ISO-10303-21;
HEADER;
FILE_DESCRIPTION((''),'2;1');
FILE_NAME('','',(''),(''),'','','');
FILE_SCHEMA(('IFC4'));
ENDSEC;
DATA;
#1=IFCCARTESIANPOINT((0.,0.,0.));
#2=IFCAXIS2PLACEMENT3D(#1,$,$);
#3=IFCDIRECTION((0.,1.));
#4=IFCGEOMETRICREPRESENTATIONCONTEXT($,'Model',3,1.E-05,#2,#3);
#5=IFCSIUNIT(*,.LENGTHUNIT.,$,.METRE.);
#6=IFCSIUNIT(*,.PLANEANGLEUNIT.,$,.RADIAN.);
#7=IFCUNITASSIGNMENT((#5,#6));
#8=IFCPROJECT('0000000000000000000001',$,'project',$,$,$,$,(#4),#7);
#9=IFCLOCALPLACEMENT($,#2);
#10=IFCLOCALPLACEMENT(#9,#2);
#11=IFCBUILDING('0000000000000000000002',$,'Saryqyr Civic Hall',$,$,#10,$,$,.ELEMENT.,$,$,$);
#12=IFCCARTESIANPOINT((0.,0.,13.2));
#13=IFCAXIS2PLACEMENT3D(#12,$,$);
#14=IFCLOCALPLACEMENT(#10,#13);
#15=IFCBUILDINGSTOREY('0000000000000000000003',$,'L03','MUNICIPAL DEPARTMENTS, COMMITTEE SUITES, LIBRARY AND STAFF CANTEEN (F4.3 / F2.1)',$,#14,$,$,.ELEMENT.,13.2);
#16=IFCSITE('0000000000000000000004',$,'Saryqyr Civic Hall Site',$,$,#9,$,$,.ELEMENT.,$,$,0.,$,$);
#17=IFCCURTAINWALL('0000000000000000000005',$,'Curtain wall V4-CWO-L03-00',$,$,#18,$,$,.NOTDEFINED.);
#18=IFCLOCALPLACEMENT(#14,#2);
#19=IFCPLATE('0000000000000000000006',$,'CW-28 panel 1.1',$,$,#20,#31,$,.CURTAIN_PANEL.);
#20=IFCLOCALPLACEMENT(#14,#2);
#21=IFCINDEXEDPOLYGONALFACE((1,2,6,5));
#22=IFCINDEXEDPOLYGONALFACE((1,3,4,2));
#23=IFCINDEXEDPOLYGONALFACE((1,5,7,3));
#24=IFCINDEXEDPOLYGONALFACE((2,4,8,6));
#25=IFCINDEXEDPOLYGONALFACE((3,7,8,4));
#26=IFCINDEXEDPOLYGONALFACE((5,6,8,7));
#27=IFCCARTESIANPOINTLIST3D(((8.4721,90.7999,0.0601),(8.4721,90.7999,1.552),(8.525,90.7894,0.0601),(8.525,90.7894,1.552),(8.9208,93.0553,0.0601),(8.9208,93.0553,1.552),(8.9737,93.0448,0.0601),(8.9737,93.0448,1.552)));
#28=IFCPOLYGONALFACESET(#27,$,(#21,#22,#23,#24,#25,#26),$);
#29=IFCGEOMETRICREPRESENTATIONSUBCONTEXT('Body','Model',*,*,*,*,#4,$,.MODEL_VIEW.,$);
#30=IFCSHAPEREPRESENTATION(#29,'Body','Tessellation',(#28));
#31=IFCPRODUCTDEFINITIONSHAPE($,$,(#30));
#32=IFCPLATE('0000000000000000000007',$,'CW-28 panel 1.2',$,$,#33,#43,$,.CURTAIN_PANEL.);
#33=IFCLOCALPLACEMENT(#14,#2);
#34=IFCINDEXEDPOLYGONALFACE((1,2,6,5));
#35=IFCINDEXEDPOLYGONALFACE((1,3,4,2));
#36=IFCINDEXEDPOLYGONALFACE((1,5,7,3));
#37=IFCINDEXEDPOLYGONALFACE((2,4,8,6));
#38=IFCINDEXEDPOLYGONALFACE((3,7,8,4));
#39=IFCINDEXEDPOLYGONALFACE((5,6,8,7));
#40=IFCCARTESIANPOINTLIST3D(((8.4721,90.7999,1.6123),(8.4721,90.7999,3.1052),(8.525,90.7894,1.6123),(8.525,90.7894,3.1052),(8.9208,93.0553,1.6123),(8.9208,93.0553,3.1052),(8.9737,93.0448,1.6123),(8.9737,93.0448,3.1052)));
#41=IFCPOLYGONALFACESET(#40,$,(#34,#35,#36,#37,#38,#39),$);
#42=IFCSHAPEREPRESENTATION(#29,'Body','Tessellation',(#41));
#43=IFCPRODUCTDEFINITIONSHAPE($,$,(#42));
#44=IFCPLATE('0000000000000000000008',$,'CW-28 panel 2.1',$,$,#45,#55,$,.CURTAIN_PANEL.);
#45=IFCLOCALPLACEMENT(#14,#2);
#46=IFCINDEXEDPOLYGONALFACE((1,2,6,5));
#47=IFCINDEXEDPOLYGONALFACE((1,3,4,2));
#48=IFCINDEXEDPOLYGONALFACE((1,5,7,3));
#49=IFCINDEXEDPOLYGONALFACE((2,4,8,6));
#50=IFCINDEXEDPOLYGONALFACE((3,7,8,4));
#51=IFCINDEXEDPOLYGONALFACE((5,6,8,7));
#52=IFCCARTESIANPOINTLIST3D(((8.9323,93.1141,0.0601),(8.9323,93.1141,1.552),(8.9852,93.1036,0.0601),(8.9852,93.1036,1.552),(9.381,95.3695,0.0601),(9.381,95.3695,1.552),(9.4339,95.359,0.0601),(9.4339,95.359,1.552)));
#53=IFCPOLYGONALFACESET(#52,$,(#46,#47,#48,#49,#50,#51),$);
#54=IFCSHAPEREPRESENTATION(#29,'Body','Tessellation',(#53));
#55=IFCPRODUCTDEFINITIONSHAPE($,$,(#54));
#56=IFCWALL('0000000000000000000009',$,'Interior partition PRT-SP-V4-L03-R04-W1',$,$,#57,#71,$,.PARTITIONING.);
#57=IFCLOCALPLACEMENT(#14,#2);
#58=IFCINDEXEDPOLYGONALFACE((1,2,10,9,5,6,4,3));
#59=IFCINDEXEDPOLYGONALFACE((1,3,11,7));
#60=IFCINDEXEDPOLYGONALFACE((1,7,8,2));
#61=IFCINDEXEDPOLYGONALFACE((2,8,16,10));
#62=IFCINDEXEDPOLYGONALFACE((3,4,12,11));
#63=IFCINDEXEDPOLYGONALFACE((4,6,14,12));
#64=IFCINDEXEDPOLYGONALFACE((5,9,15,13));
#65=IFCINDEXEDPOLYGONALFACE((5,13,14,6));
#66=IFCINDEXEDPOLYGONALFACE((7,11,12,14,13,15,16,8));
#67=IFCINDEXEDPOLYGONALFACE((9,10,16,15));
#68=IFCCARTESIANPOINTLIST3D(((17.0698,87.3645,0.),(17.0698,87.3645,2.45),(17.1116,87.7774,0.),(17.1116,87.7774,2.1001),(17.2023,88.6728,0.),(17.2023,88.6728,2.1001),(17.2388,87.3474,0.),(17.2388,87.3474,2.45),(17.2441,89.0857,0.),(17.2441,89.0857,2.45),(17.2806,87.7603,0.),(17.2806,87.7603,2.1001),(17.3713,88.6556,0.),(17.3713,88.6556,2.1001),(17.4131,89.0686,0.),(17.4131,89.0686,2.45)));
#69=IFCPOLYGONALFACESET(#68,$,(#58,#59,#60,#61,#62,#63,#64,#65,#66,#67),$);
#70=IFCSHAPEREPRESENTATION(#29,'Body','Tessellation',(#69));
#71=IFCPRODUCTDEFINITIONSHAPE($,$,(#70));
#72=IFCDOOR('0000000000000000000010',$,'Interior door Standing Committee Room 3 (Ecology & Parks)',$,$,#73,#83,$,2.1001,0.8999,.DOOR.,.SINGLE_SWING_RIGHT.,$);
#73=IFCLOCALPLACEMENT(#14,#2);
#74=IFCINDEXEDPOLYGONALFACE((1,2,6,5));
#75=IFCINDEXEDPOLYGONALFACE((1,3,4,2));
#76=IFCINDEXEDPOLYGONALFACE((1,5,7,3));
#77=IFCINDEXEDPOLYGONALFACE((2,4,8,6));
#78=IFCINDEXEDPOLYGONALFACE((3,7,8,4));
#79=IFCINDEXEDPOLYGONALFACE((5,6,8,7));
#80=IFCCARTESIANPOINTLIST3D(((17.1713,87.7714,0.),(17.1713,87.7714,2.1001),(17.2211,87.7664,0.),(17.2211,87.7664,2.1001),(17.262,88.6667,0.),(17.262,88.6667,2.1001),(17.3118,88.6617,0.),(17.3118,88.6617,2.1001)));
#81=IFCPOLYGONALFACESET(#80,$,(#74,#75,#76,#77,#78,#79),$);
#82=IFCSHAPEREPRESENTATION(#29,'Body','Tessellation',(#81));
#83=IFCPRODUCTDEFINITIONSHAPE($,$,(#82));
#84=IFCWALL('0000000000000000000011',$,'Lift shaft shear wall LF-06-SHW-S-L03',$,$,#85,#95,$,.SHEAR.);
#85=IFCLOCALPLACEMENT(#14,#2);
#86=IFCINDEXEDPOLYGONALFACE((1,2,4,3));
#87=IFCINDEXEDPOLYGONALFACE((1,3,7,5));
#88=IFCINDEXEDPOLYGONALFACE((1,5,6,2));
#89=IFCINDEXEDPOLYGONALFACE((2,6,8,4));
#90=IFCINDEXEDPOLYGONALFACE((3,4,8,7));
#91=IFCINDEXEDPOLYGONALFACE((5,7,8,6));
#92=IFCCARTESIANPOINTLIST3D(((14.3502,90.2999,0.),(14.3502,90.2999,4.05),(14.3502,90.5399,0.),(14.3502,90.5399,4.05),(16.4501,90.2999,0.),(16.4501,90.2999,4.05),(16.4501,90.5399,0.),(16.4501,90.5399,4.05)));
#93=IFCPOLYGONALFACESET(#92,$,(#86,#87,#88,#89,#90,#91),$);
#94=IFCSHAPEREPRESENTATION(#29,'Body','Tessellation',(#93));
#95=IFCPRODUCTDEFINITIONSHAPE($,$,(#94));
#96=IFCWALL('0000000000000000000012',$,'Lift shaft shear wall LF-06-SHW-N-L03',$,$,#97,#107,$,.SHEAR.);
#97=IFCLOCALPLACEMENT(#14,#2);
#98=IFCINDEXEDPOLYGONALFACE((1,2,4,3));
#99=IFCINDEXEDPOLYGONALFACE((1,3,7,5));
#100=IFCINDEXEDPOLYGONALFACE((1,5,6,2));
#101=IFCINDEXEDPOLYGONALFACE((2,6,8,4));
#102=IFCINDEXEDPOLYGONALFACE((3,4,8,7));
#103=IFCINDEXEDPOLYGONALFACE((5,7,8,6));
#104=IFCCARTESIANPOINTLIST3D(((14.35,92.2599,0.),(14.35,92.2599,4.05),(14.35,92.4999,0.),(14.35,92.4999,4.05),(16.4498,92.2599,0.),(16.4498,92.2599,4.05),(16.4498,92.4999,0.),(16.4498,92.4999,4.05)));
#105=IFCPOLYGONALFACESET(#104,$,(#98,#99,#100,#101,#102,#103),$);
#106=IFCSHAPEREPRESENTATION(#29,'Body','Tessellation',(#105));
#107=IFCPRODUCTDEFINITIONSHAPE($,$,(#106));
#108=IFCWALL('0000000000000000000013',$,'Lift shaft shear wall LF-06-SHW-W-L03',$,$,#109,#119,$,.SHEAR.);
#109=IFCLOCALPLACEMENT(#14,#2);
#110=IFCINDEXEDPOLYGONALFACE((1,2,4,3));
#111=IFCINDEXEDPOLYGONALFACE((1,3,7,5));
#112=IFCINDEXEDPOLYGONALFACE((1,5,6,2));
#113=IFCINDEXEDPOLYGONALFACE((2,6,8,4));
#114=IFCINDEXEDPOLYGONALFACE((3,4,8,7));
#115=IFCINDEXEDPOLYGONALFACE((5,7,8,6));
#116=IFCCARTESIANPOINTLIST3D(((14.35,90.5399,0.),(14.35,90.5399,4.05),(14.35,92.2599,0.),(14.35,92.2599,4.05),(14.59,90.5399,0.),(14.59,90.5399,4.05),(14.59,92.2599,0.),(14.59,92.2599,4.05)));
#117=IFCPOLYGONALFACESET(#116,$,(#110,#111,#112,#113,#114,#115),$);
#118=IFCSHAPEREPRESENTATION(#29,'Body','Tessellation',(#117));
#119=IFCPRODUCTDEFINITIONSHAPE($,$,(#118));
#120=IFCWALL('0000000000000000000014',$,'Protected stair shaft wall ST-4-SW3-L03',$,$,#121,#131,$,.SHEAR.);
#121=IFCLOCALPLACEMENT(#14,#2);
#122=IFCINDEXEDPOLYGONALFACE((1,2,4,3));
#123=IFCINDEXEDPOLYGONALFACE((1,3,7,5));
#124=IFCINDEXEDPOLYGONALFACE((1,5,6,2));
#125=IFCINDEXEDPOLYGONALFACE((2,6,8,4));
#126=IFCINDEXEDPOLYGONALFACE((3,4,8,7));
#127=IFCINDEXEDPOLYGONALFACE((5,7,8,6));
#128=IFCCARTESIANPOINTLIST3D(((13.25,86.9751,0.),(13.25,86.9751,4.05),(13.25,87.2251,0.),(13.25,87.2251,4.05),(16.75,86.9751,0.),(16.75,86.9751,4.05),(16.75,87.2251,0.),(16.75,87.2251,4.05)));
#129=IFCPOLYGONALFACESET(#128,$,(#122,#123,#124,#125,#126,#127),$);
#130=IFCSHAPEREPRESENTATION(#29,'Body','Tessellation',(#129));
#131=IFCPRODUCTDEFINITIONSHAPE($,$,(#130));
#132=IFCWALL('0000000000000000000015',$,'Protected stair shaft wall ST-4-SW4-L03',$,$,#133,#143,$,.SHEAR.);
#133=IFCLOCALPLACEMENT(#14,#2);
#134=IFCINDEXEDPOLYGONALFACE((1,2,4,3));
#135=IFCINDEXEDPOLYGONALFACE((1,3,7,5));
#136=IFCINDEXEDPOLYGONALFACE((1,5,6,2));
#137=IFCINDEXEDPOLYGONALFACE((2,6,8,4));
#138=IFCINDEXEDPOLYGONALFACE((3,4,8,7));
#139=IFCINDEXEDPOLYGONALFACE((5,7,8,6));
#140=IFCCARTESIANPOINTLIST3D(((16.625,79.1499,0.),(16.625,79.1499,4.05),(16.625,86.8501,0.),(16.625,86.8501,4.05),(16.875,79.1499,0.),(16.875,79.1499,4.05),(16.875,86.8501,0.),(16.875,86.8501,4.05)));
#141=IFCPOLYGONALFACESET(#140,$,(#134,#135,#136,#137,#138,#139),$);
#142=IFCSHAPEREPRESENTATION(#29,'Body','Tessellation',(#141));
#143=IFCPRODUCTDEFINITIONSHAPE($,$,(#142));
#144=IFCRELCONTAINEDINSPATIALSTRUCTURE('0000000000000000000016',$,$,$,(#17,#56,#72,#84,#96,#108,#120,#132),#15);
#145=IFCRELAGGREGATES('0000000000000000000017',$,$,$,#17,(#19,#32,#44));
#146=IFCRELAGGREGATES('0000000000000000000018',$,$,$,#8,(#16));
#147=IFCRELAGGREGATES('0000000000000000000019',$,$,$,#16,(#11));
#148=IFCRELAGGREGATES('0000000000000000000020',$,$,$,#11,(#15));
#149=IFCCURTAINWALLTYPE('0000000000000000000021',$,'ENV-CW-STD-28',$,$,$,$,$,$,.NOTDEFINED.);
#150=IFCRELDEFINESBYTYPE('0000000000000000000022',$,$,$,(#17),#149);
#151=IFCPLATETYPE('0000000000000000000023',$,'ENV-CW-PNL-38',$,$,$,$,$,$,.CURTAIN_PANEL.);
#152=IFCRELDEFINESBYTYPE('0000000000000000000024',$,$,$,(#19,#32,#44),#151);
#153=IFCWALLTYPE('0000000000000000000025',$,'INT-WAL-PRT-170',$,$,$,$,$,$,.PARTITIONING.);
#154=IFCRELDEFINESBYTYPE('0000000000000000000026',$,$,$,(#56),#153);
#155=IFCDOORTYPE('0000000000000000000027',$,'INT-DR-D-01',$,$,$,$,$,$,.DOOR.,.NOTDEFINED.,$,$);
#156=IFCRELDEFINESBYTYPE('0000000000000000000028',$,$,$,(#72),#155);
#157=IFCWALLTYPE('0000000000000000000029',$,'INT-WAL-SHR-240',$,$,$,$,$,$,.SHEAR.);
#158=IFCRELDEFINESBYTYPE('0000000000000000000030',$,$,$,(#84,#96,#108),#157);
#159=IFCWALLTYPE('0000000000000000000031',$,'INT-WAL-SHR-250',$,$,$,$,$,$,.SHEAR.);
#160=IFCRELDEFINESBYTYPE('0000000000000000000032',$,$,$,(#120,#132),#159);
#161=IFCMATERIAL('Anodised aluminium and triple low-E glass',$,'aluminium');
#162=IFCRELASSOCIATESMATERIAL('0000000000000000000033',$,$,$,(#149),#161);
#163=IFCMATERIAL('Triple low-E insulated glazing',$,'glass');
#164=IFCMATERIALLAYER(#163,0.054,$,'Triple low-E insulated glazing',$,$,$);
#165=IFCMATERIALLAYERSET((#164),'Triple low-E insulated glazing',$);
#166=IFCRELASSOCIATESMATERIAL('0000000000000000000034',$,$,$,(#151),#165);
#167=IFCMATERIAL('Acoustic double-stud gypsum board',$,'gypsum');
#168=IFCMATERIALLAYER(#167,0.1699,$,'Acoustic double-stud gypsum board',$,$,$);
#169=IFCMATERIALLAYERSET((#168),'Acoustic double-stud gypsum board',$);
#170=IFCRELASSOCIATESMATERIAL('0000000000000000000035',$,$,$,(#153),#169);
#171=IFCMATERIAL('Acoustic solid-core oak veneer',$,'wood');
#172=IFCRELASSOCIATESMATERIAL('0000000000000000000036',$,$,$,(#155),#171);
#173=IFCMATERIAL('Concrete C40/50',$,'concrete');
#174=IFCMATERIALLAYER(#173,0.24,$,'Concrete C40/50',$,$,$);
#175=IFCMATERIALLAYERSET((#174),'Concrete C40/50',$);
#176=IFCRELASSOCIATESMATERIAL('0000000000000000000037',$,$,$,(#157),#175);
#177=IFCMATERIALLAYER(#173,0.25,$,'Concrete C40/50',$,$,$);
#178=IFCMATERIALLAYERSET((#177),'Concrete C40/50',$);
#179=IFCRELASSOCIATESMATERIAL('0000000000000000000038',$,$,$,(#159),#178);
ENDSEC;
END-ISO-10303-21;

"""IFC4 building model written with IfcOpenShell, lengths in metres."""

from ifc_helpers import new_model, si_unit, direction, frame, frame_2d, origin, origin_2d, place, context, subcontext, project, spatial, rectangle, extrude, material, layer, layer_set, type_object, element, fill, aggregate, save


model = new_model("IFC4")

# Units and contexts
model_context = context("Model", 3, precision=1e-05, world=origin(), true_north=direction((0.0, 1.0)))
body_context = subcontext(model_context, "Body", "Model", "MODEL_VIEW")
ifc_project = project(units=[si_unit("LENGTHUNIT", "METRE"), si_unit("PLANEANGLEUNIT", "RADIAN")], contexts=[model_context])

# Site, building, storey
site_placement = place(None, origin())
site = spatial("IfcSite", under=ifc_project, at=site_placement, Name="Saryqyr Civic Hall Site", CompositionType="ELEMENT", RefElevation=0.0)
building_placement = place(site_placement, origin())
building = spatial("IfcBuilding", under=site, at=building_placement, Name="Saryqyr Civic Hall", CompositionType="ELEMENT")
storey_placement = place(building_placement, frame((0.0, 0.0, 13.2)))
storey = spatial("IfcBuildingStorey", under=building, at=storey_placement, Name="L03", Description="MUNICIPAL DEPARTMENTS, COMMITTEE SUITES, LIBRARY AND STAFF CANTEEN (F4.3 / F2.1)", CompositionType="ELEMENT", Elevation=13.2)

# Shared definitions
ifc_material_1 = material(Name="Concrete C40/50", Category="concrete")

# Curtain wall
ifc_material_2 = material(Name="Anodised aluminium and triple low-E glass", Category="aluminium")
curtain_wall_type = type_object("IfcCurtainWallType", Name="ENV-CW-STD-28", PredefinedType="NOTDEFINED", material=ifc_material_2)
curtain_wall_placement = place(storey_placement, origin())
curtain_wall = element("IfcCurtainWall", 1, at=curtain_wall_placement, inside=storey, type_object=curtain_wall_type, Name="Curtain wall V4-CWO-L03-00", PredefinedType="NOTDEFINED")

# Plates
ifc_material_3 = material(Name="Triple low-E insulated glazing", Category="glass")
ifc_layer_1 = layer(ifc_material_3, 0.054, Name="Triple low-E insulated glazing")
ifc_layer_set_1 = layer_set([ifc_layer_1], Name="Triple low-E insulated glazing")
plate_type = type_object("IfcPlateType", Name="ENV-CW-PNL-38", PredefinedType="CURTAIN_PANEL", material=ifc_layer_set_1)
plate_1_placement = place(storey_placement, frame((8.7229, 91.9224, 0.0601), z_axis=(0.0, 0.0, 1.0), x_axis=(0.195098, 0.980784, 0.0)))
plate_1 = element("IfcPlate", 2, at=plate_1_placement, type_object=plate_type, Name="CW-28 panel 1.1", PredefinedType="CURTAIN_PANEL", context=body_context, shape_type="SweptSolid", body=[
    extrude(rectangle(XDim=2.2996, YDim=0.054, at=origin_2d()), origin(), (0.0, 0.0, 1.0), 1.4919),
])
plate_2_placement = place(storey_placement, frame((8.7229, 91.9224, 1.6123), z_axis=(0.0, 0.0, 1.0), x_axis=(0.195098, 0.980784, 0.0)))
plate_2 = element("IfcPlate", 3, at=plate_2_placement, type_object=plate_type, Name="CW-28 panel 1.2", PredefinedType="CURTAIN_PANEL", context=body_context, shape_type="SweptSolid", body=[
    extrude(rectangle(XDim=2.2996, YDim=0.054, at=origin_2d()), origin(), (0.0, 0.0, 1.0), 1.4929),
])
plate_3_placement = place(storey_placement, frame((9.1831, 94.2366, 0.0601), z_axis=(0.0, 0.0, 1.0), x_axis=(0.195098, 0.980784, 0.0)))
plate_3 = element("IfcPlate", 4, at=plate_3_placement, type_object=plate_type, Name="CW-28 panel 2.1", PredefinedType="CURTAIN_PANEL", context=body_context, shape_type="SweptSolid", body=[
    extrude(rectangle(XDim=2.2996, YDim=0.054, at=origin_2d()), origin(), (0.0, 0.0, 1.0), 1.4919),
])
aggregate(curtain_wall, [plate_1, plate_2, plate_3])

# Wall, opening, door
ifc_material_4 = material(Name="Acoustic double-stud gypsum board", Category="gypsum")
ifc_layer_2 = layer(ifc_material_4, 0.1699, Name="Acoustic double-stud gypsum board")
ifc_layer_set_2 = layer_set([ifc_layer_2], Name="Acoustic double-stud gypsum board")
wall_type_1 = type_object("IfcWallType", Name="INT-WAL-PRT-170", PredefinedType="PARTITIONING", material=ifc_layer_set_2)
wall_1_placement = place(storey_placement, frame((17.1543, 87.356, 0.0), z_axis=(0.0, 0.0, 1.0), x_axis=(0.100761, 0.994911, 0.0)))
wall_1 = element("IfcWall", 5, at=wall_1_placement, inside=storey, type_object=wall_type_1, Name="Interior partition PRT-SP-V4-L03-R04-W1", PredefinedType="PARTITIONING", context=body_context, shape_type="SweptSolid", body=[
    extrude(rectangle(XDim=1.73, YDim=0.1699, at=frame_2d((0.865, 0.0))), origin(), (0.0, 0.0, 1.0), 2.45),
])
opening_1_placement = place(wall_1_placement, frame((0.415, 0.0, 0.0)))
opening_1 = element("IfcOpeningElement", 6, at=opening_1_placement, cuts=wall_1, PredefinedType="OPENING", context=body_context, shape_type="SweptSolid", body=[
    extrude(rectangle(XDim=0.8999, YDim=2.1001, at=frame_2d((0.45, 1.05))), frame((0.0, 0.095, 0.0), z_axis=(0.0, -1.0, 0.0), x_axis=(1.0, 0.0, 0.0)), (0.0, 0.0, 1.0), 0.1899),
])
ifc_material_5 = material(Name="Acoustic solid-core oak veneer", Category="wood")
door_type_1 = type_object("IfcDoorType", Name="INT-DR-D-01", OperationType="NOTDEFINED", PredefinedType="DOOR", material=ifc_material_5)
door_1_placement = place(opening_1_placement, origin())
door_1 = element("IfcDoor", 7, at=door_1_placement, inside=storey, type_object=door_type_1, Name="Interior door Standing Committee Room 3 (Ecology & Parks)", OperationType="SINGLE_SWING_RIGHT", OverallHeight=2.1001, OverallWidth=0.8999, PredefinedType="DOOR", context=body_context, shape_type="SweptSolid", body=[
    extrude(rectangle(XDim=0.8999, YDim=2.1001, at=frame_2d((0.45, 1.05))), frame((0.0, 0.0249, 0.0), z_axis=(0.0, -1.0, 0.0), x_axis=(1.0, 0.0, 0.0)), (0.0, 0.0, 1.0), 0.05),
])
fill(opening_1, door_1)

# Wall
ifc_layer_3 = layer(ifc_material_1, 0.24, Name="Concrete C40/50")
ifc_layer_set_3 = layer_set([ifc_layer_3], Name="Concrete C40/50")
wall_type_2 = type_object("IfcWallType", Name="INT-WAL-SHR-240", PredefinedType="SHEAR", material=ifc_layer_set_3)
wall_2_placement = place(storey_placement, frame((16.45, 90.4199, 0.0), z_axis=(0.0, 0.0, 1.0), x_axis=(-1.0, 0.0, 0.0)))
element("IfcWall", 8, at=wall_2_placement, inside=storey, type_object=wall_type_2, Name="Lift shaft shear wall LF-06-SHW-S-L03", PredefinedType="SHEAR", context=body_context, shape_type="SweptSolid", body=[
    extrude(rectangle(XDim=2.0999, YDim=0.24, at=frame_2d((1.0498, 0.0))), origin(), (0.0, 0.0, 1.0), 4.05),
])

# Walls
wall_3_placement = place(storey_placement, frame((14.3501, 92.3799, 0.0), z_axis=(0.0, 0.0, 1.0), x_axis=(1.0, 0.0, 0.0)))
element("IfcWall", 9, at=wall_3_placement, inside=storey, type_object=wall_type_2, Name="Lift shaft shear wall LF-06-SHW-N-L03", PredefinedType="SHEAR", context=body_context, shape_type="SweptSolid", body=[
    extrude(rectangle(XDim=2.0999, YDim=0.24, at=frame_2d((1.0498, 0.0))), origin(), (0.0, 0.0, 1.0), 4.05),
])
wall_4_placement = place(storey_placement, frame((14.47, 90.54, 0.0), z_axis=(0.0, 0.0, 1.0), x_axis=(0.0, 1.0, 0.0)))
element("IfcWall", 10, at=wall_4_placement, inside=storey, type_object=wall_type_2, Name="Lift shaft shear wall LF-06-SHW-W-L03", PredefinedType="SHEAR", context=body_context, shape_type="SweptSolid", body=[
    extrude(rectangle(XDim=1.72, YDim=0.24, at=frame_2d((0.8599, 0.0))), origin(), (0.0, 0.0, 1.0), 4.05),
])
ifc_layer_4 = layer(ifc_material_1, 0.25, Name="Concrete C40/50")
ifc_layer_set_4 = layer_set([ifc_layer_4], Name="Concrete C40/50")
wall_type_3 = type_object("IfcWallType", Name="INT-WAL-SHR-250", PredefinedType="SHEAR", material=ifc_layer_set_4)
wall_5_placement = place(storey_placement, frame((13.25, 87.1001, 0.0), z_axis=(0.0, 0.0, 1.0), x_axis=(1.0, 0.0, 0.0)))
element("IfcWall", 11, at=wall_5_placement, inside=storey, type_object=wall_type_3, Name="Protected stair shaft wall ST-4-SW3-L03", PredefinedType="SHEAR", context=body_context, shape_type="SweptSolid", body=[
    extrude(rectangle(XDim=3.5, YDim=0.25, at=frame_2d((1.75, 0.0))), origin(), (0.0, 0.0, 1.0), 4.05),
])
wall_6_placement = place(storey_placement, frame((16.75, 86.8501, 0.0), z_axis=(0.0, 0.0, 1.0), x_axis=(0.0, -1.0, 0.0)))
element("IfcWall", 12, at=wall_6_placement, inside=storey, type_object=wall_type_3, Name="Protected stair shaft wall ST-4-SW4-L03", PredefinedType="SHEAR", context=body_context, shape_type="SweptSolid", body=[
    extrude(rectangle(XDim=7.7002, YDim=0.25, at=frame_2d((3.8501, 0.0))), origin(), (0.0, 0.0, 1.0), 4.05),
])

save(model, "model.ifc")
